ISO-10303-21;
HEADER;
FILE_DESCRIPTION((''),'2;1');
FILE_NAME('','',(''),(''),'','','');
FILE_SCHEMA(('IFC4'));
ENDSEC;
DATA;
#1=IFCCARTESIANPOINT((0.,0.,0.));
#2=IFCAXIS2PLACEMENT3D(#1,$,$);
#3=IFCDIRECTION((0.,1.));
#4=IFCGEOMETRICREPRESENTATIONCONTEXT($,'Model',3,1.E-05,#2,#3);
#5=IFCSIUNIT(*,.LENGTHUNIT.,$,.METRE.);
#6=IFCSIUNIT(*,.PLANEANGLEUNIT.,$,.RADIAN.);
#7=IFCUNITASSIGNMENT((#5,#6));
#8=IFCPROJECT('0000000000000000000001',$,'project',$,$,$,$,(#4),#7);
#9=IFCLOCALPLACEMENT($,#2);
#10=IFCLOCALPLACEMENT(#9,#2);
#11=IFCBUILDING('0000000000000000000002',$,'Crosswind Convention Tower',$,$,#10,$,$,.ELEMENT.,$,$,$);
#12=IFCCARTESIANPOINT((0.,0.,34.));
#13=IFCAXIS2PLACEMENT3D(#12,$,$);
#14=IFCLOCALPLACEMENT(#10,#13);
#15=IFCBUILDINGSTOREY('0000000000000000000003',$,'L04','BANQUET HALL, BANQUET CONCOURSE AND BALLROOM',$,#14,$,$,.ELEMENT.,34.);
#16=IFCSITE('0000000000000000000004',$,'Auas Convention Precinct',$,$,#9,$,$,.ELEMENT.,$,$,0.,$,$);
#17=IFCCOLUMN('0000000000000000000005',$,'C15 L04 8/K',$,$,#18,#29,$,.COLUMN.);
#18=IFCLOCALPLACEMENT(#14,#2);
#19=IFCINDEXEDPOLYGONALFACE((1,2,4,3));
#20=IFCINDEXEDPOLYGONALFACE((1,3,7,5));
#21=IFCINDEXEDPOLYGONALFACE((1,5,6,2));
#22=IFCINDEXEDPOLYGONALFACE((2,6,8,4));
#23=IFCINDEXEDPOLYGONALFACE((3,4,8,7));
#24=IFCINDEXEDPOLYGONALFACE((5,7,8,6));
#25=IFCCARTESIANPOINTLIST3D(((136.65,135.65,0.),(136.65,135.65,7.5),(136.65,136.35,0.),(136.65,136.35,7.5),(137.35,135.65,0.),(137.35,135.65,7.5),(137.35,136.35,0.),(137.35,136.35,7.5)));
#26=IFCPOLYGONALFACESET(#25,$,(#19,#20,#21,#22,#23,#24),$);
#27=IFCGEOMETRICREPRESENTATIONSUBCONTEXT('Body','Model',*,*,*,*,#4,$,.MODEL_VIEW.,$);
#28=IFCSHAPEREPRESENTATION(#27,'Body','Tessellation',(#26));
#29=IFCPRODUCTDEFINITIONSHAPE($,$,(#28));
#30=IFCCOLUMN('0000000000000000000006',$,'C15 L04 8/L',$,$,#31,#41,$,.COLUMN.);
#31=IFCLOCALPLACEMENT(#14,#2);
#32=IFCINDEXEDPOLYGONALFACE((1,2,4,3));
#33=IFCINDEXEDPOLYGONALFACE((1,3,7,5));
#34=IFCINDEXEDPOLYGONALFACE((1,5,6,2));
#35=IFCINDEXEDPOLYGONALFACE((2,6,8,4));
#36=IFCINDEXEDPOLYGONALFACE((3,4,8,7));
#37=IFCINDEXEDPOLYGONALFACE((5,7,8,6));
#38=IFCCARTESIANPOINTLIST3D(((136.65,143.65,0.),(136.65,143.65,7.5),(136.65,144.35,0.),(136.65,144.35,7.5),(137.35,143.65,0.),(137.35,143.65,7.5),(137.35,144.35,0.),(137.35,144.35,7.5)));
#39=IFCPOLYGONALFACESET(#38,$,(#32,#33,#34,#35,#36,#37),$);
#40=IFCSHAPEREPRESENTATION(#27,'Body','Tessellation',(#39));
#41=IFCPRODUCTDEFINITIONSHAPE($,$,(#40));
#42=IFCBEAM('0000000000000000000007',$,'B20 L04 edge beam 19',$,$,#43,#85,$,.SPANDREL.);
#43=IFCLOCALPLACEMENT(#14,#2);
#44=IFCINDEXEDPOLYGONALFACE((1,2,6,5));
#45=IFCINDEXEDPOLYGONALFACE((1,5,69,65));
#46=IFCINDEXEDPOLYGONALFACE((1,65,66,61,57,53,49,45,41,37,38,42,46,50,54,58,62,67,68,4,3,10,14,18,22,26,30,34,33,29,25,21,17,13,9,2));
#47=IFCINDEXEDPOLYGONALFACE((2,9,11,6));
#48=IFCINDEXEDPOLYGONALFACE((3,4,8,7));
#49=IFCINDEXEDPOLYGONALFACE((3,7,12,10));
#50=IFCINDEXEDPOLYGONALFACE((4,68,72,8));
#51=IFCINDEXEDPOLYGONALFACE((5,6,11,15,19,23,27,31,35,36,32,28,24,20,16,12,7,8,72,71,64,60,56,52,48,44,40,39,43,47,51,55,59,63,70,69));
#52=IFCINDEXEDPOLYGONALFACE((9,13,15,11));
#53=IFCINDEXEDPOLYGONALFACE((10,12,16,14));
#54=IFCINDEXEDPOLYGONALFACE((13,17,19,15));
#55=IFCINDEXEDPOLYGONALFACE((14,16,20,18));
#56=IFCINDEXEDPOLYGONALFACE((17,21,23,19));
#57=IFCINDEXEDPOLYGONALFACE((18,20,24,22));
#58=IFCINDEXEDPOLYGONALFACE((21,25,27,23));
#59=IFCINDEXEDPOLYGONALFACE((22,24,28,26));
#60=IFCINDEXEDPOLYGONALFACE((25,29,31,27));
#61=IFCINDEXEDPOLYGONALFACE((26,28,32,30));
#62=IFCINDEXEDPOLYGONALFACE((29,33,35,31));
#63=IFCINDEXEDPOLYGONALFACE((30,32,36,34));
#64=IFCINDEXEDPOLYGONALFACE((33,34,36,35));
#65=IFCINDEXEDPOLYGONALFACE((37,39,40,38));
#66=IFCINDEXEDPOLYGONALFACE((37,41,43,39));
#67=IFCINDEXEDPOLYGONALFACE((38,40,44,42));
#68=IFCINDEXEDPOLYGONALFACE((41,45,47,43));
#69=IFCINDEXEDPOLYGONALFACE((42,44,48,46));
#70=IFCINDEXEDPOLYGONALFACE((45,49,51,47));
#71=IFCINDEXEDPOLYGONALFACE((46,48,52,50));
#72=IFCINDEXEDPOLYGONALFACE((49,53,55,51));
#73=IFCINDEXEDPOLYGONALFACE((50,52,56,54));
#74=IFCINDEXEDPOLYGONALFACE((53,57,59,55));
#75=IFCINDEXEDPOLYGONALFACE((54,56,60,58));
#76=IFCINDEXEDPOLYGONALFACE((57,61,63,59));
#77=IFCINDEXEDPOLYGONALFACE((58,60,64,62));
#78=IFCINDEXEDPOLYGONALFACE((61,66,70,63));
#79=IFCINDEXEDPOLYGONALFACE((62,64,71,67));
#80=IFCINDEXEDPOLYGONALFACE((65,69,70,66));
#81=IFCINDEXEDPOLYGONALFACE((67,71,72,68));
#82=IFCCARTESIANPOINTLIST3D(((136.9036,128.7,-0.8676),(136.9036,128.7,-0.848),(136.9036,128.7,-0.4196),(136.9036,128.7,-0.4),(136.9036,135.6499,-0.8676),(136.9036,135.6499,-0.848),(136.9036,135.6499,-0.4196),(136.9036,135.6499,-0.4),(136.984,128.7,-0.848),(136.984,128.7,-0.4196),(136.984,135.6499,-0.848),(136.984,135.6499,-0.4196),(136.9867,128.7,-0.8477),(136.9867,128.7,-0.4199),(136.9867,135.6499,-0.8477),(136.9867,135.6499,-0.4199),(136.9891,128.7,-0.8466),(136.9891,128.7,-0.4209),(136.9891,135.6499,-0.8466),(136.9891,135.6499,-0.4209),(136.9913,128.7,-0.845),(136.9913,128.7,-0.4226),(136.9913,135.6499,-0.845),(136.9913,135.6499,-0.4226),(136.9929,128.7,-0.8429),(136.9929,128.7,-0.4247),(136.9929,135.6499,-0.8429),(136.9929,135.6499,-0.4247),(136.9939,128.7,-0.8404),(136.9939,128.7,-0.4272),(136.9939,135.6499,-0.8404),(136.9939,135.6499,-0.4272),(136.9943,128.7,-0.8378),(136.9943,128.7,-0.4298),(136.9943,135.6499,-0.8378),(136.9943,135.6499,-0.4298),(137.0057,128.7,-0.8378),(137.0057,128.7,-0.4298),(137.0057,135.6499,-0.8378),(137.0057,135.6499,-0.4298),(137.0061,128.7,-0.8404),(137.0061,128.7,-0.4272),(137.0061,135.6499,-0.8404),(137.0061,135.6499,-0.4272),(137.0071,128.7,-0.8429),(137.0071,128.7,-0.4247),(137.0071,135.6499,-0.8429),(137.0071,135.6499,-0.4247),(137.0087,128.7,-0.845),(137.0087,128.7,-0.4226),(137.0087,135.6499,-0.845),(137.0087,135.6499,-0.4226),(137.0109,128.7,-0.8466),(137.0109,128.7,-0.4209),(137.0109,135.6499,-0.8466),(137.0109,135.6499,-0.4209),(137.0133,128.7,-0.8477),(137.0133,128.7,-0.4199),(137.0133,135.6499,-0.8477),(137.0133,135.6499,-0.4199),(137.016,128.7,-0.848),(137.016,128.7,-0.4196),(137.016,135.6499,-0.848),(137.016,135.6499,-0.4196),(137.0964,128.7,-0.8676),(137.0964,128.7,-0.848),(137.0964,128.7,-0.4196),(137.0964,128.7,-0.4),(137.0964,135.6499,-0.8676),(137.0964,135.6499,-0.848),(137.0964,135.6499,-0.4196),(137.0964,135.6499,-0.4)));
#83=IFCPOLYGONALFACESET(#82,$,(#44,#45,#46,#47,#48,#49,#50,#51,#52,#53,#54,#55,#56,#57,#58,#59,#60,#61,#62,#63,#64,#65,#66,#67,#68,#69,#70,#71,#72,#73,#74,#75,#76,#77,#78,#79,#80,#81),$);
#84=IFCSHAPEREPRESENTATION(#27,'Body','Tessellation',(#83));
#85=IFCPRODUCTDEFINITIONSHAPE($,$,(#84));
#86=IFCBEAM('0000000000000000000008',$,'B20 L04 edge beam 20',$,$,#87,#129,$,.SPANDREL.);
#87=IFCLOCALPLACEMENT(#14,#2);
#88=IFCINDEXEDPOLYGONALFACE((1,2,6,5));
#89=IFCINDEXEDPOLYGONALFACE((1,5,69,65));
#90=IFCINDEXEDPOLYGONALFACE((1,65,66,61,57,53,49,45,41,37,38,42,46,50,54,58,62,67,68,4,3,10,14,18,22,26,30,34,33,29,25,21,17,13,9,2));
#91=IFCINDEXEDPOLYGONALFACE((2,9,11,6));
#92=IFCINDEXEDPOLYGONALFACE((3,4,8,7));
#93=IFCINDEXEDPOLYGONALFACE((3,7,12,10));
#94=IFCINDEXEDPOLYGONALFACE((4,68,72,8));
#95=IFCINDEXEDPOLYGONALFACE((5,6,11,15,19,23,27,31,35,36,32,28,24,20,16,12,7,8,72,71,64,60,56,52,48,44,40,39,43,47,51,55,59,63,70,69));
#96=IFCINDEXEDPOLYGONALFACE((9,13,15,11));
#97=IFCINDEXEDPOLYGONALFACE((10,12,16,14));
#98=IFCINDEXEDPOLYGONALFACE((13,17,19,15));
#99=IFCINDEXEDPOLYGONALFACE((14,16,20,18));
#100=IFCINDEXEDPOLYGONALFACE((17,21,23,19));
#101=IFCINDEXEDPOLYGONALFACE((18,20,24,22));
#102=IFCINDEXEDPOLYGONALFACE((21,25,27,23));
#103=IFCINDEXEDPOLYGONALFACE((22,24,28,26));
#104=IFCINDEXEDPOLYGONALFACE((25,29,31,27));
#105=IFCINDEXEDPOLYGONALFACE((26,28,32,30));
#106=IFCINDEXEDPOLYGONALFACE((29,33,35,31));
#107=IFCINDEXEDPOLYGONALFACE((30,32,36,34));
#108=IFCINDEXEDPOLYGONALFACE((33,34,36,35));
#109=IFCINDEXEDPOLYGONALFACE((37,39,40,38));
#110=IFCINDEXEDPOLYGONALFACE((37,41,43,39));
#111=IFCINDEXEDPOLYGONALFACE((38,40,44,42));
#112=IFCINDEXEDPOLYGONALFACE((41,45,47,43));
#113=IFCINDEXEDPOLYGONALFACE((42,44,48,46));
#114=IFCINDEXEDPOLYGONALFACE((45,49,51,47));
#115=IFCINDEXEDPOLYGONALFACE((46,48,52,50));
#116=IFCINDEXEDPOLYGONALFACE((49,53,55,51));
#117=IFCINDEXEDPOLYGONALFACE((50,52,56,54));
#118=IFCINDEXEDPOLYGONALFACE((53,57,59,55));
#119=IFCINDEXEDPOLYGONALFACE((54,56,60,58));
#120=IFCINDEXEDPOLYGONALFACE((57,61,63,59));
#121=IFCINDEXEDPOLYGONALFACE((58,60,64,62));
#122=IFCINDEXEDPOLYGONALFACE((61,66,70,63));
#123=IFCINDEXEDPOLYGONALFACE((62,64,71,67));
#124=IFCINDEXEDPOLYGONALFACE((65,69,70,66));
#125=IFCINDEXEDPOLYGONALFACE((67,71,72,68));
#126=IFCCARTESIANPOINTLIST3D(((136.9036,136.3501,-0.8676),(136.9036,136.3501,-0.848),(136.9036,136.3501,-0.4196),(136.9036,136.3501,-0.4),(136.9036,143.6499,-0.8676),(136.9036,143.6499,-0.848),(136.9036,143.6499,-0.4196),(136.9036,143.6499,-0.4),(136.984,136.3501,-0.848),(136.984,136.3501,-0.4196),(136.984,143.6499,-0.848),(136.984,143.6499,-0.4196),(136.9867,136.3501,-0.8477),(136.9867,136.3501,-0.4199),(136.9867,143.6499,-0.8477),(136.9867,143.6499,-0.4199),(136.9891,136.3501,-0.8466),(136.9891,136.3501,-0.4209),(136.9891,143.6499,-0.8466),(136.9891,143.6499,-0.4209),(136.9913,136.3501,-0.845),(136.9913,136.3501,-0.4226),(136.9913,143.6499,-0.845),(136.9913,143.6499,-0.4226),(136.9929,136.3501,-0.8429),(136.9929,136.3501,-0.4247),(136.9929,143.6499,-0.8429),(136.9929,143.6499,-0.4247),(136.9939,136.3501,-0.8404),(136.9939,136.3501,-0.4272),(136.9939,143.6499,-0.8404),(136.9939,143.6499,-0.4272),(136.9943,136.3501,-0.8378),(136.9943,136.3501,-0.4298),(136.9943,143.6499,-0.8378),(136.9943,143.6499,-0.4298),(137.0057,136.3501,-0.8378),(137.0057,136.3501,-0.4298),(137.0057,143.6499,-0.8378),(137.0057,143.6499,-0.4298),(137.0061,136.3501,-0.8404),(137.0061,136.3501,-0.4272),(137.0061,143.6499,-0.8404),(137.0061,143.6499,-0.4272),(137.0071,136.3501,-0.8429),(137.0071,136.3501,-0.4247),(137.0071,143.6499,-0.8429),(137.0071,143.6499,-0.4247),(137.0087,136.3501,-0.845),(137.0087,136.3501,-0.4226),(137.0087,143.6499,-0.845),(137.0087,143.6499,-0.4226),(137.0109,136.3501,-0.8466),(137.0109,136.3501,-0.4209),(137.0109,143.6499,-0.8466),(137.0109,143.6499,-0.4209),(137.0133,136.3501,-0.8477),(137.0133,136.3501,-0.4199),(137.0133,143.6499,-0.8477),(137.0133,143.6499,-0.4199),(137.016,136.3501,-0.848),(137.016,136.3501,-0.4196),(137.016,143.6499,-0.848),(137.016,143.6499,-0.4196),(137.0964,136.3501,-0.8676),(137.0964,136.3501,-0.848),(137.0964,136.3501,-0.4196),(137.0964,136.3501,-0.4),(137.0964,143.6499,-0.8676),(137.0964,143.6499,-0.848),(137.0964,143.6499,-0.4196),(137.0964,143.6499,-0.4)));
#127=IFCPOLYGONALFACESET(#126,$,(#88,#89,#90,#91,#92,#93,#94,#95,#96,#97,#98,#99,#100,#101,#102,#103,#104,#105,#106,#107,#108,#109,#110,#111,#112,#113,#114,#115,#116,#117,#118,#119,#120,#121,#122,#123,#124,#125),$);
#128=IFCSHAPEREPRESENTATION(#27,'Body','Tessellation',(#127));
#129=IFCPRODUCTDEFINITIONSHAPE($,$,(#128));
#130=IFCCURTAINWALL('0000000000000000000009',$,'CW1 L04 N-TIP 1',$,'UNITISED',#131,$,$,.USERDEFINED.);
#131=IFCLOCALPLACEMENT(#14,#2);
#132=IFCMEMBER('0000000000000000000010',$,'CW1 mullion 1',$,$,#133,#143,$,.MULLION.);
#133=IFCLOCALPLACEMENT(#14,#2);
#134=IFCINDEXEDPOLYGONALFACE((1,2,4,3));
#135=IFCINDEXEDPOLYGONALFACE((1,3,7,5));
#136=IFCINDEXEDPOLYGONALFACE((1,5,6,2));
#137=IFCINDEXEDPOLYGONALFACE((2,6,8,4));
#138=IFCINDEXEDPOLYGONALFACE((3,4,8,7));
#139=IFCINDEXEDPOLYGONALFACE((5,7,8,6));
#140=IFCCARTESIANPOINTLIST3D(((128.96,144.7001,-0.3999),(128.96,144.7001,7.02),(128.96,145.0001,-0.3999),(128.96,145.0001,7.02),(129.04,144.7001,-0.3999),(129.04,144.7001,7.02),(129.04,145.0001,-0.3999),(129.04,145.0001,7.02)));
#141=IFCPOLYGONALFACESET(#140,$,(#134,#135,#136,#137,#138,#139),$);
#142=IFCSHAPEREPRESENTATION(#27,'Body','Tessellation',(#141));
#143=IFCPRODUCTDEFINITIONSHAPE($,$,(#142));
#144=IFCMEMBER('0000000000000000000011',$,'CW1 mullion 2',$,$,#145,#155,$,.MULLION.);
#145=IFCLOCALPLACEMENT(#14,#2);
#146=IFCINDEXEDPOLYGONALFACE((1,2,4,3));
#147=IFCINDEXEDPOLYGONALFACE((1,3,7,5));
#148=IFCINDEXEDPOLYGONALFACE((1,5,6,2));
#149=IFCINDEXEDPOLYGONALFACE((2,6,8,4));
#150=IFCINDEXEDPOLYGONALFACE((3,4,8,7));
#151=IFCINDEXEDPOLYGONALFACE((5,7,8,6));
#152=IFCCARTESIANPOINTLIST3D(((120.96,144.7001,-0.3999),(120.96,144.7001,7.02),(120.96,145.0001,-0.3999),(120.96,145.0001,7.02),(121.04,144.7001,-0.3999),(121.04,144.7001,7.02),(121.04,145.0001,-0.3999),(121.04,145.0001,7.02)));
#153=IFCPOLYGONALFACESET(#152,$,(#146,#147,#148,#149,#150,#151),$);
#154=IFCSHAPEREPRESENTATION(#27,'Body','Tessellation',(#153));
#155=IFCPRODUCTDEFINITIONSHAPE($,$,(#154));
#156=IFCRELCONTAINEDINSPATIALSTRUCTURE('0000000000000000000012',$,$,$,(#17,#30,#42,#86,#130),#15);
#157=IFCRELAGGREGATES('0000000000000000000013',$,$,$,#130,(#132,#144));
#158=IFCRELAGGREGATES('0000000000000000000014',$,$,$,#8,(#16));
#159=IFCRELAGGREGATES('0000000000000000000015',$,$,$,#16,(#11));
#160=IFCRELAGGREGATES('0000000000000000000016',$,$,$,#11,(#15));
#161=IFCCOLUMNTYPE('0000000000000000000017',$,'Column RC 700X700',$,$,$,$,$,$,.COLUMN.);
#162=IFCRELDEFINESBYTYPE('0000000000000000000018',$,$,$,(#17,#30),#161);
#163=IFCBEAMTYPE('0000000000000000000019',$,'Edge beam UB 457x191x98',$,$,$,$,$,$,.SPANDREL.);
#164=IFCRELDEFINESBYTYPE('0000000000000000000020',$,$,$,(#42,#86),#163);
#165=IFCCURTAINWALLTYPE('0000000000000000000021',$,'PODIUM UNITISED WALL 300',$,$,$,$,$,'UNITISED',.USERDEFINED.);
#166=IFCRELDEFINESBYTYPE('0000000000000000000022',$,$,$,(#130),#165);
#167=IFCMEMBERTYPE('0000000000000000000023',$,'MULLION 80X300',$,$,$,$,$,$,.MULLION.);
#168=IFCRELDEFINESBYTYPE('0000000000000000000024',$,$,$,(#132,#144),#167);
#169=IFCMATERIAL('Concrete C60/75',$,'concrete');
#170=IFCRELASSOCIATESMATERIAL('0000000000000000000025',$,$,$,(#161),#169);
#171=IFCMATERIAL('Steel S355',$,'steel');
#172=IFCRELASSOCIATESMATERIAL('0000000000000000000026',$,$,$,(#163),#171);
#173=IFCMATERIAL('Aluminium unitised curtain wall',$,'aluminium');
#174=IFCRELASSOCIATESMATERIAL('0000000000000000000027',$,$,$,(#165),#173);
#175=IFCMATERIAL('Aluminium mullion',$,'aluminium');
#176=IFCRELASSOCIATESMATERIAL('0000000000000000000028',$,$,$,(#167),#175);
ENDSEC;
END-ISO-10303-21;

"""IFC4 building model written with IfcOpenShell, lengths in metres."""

from ifc_helpers import new_model, si_unit, direction, frame, origin, origin_2d, place, context, subcontext, project, spatial, rectangle, i_section, extrude, material, material_profile, profile_set, type_object, element, aggregate, save


model = new_model("IFC4")

# Units and contexts
model_context = context("Model", 3, precision=1e-05, world=origin(), true_north=direction((0.0, 1.0)))
body_context = subcontext(model_context, "Body", "Model", "MODEL_VIEW")
ifc_project = project(units=[si_unit("LENGTHUNIT", "METRE"), si_unit("PLANEANGLEUNIT", "RADIAN")], contexts=[model_context])

# Site, building, storey
site_placement = place(None, origin())
site = spatial("IfcSite", under=ifc_project, at=site_placement, Name="Auas Convention Precinct", CompositionType="ELEMENT", RefElevation=0.0)
building_placement = place(site_placement, origin())
building = spatial("IfcBuilding", under=site, at=building_placement, Name="Crosswind Convention Tower", CompositionType="ELEMENT")
storey_placement = place(building_placement, frame((0.0, 0.0, 34.0)))
storey = spatial("IfcBuildingStorey", under=building, at=storey_placement, Name="L04", Description="BANQUET HALL, BANQUET CONCOURSE AND BALLROOM", CompositionType="ELEMENT", Elevation=34.0)

# Columns
ifc_material_1 = material(Name="Concrete C60/75", Category="concrete")
ifc_material_profile_1 = material_profile(ifc_material_1, rectangle(XDim=0.7, YDim=0.7, at=origin_2d()), Name="RC 700X700")
ifc_profile_set_1 = profile_set([ifc_material_profile_1], Name="Concrete C60/75")
column_type = type_object("IfcColumnType", Name="Column RC 700X700", PredefinedType="COLUMN", material=ifc_profile_set_1)
for number, where, z_axis, x_axis, name in (
    (1, (137.0, 136.0, 0.0), (0.0, 0.0, 1.0), (1.0, 0.0, 0.0), "C15 L04 8/K"),
    (2, (137.0, 144.0, 0.0), (0.0, 0.0, 1.0), (1.0, 0.0, 0.0), "C15 L04 8/L"),
):
    element("IfcColumn", number, at=place(storey_placement, frame(where, z_axis=z_axis, x_axis=x_axis)), inside=storey, type_object=column_type, Name=name, PredefinedType="COLUMN", context=body_context, shape_type="SweptSolid", body=[
        extrude(rectangle(XDim=0.7, YDim=0.7, at=origin_2d()), origin(), (0.0, 0.0, 1.0), 7.5),
    ])

# Beams
ifc_material_2 = material(Name="Steel S355", Category="steel")
ifc_material_profile_2 = material_profile(ifc_material_2, i_section(OverallWidth=0.1929, OverallDepth=0.4675, WebThickness=0.0115, FlangeThickness=0.0195, FilletRadius=0.0103, at=origin_2d()), Name="UB 457x191x98")
ifc_profile_set_2 = profile_set([ifc_material_profile_2], Name="Steel S355")
beam_type_1 = type_object("IfcBeamType", Name="Edge beam UB 457x191x98", PredefinedType="SPANDREL", material=ifc_profile_set_2)
beam_1_placement = place(storey_placement, frame((137.0, 128.7, -0.6338), z_axis=(0.0, 1.0, 0.0), x_axis=(-1.0, 0.0, 0.0)))
element("IfcBeam", 3, at=beam_1_placement, inside=storey, type_object=beam_type_1, Name="B20 L04 edge beam 19", PredefinedType="SPANDREL", context=body_context, shape_type="SweptSolid", body=[
    extrude(i_section(OverallWidth=0.1929, OverallDepth=0.4675, WebThickness=0.0115, FlangeThickness=0.0195, FilletRadius=0.0103, at=origin_2d()), origin(), (0.0, 0.0, 1.0), 6.95),
])
beam_2_placement = place(storey_placement, frame((137.0, 136.3501, -0.6338), z_axis=(0.0, 1.0, 0.0), x_axis=(-1.0, 0.0, 0.0)))
element("IfcBeam", 4, at=beam_2_placement, inside=storey, type_object=beam_type_1, Name="B20 L04 edge beam 20", PredefinedType="SPANDREL", context=body_context, shape_type="SweptSolid", body=[
    extrude(i_section(OverallWidth=0.1929, OverallDepth=0.4675, WebThickness=0.0115, FlangeThickness=0.0195, FilletRadius=0.0103, at=origin_2d()), origin(), (0.0, 0.0, 1.0), 7.2998),
])

# Curtain wall, members
ifc_material_3 = material(Name="Aluminium unitised curtain wall", Category="aluminium")
curtain_wall_type = type_object("IfcCurtainWallType", Name="PODIUM UNITISED WALL 300", ElementType="UNITISED", PredefinedType="USERDEFINED", material=ifc_material_3)
curtain_wall_placement = place(storey_placement, origin())
curtain_wall = element("IfcCurtainWall", 5, at=curtain_wall_placement, inside=storey, type_object=curtain_wall_type, Name="CW1 L04 N-TIP 1", ObjectType="UNITISED", PredefinedType="USERDEFINED")
ifc_material_4 = material(Name="Aluminium mullion", Category="aluminium")
ifc_material_profile_3 = material_profile(ifc_material_4, rectangle(XDim=0.3, YDim=0.0801, at=origin_2d()), Name="AL 300X80")
ifc_profile_set_3 = profile_set([ifc_material_profile_3], Name="Aluminium mullion")
member_type_1 = type_object("IfcMemberType", Name="MULLION 80X300", PredefinedType="MULLION", material=ifc_profile_set_3)
member_1_placement = place(storey_placement, frame((129.0, 144.8501, -0.3999), z_axis=(0.0, 0.0, 1.0), x_axis=(0.0, 1.0, 0.0)))
member_1 = element("IfcMember", 6, at=member_1_placement, type_object=member_type_1, Name="CW1 mullion 1", PredefinedType="MULLION", context=body_context, shape_type="SweptSolid", body=[
    extrude(rectangle(XDim=0.3, YDim=0.0801, at=origin_2d()), origin(), (0.0, 0.0, 1.0), 7.4199),
])
member_2_placement = place(storey_placement, frame((121.0, 144.8501, -0.3999), z_axis=(0.0, 0.0, 1.0), x_axis=(0.0, 1.0, 0.0)))
member_2 = element("IfcMember", 7, at=member_2_placement, type_object=member_type_1, Name="CW1 mullion 2", PredefinedType="MULLION", context=body_context, shape_type="SweptSolid", body=[
    extrude(rectangle(XDim=0.3, YDim=0.0801, at=origin_2d()), origin(), (0.0, 0.0, 1.0), 7.4199),
])

aggregate(curtain_wall, [member_1, member_2])

save(model, "model.ifc")
